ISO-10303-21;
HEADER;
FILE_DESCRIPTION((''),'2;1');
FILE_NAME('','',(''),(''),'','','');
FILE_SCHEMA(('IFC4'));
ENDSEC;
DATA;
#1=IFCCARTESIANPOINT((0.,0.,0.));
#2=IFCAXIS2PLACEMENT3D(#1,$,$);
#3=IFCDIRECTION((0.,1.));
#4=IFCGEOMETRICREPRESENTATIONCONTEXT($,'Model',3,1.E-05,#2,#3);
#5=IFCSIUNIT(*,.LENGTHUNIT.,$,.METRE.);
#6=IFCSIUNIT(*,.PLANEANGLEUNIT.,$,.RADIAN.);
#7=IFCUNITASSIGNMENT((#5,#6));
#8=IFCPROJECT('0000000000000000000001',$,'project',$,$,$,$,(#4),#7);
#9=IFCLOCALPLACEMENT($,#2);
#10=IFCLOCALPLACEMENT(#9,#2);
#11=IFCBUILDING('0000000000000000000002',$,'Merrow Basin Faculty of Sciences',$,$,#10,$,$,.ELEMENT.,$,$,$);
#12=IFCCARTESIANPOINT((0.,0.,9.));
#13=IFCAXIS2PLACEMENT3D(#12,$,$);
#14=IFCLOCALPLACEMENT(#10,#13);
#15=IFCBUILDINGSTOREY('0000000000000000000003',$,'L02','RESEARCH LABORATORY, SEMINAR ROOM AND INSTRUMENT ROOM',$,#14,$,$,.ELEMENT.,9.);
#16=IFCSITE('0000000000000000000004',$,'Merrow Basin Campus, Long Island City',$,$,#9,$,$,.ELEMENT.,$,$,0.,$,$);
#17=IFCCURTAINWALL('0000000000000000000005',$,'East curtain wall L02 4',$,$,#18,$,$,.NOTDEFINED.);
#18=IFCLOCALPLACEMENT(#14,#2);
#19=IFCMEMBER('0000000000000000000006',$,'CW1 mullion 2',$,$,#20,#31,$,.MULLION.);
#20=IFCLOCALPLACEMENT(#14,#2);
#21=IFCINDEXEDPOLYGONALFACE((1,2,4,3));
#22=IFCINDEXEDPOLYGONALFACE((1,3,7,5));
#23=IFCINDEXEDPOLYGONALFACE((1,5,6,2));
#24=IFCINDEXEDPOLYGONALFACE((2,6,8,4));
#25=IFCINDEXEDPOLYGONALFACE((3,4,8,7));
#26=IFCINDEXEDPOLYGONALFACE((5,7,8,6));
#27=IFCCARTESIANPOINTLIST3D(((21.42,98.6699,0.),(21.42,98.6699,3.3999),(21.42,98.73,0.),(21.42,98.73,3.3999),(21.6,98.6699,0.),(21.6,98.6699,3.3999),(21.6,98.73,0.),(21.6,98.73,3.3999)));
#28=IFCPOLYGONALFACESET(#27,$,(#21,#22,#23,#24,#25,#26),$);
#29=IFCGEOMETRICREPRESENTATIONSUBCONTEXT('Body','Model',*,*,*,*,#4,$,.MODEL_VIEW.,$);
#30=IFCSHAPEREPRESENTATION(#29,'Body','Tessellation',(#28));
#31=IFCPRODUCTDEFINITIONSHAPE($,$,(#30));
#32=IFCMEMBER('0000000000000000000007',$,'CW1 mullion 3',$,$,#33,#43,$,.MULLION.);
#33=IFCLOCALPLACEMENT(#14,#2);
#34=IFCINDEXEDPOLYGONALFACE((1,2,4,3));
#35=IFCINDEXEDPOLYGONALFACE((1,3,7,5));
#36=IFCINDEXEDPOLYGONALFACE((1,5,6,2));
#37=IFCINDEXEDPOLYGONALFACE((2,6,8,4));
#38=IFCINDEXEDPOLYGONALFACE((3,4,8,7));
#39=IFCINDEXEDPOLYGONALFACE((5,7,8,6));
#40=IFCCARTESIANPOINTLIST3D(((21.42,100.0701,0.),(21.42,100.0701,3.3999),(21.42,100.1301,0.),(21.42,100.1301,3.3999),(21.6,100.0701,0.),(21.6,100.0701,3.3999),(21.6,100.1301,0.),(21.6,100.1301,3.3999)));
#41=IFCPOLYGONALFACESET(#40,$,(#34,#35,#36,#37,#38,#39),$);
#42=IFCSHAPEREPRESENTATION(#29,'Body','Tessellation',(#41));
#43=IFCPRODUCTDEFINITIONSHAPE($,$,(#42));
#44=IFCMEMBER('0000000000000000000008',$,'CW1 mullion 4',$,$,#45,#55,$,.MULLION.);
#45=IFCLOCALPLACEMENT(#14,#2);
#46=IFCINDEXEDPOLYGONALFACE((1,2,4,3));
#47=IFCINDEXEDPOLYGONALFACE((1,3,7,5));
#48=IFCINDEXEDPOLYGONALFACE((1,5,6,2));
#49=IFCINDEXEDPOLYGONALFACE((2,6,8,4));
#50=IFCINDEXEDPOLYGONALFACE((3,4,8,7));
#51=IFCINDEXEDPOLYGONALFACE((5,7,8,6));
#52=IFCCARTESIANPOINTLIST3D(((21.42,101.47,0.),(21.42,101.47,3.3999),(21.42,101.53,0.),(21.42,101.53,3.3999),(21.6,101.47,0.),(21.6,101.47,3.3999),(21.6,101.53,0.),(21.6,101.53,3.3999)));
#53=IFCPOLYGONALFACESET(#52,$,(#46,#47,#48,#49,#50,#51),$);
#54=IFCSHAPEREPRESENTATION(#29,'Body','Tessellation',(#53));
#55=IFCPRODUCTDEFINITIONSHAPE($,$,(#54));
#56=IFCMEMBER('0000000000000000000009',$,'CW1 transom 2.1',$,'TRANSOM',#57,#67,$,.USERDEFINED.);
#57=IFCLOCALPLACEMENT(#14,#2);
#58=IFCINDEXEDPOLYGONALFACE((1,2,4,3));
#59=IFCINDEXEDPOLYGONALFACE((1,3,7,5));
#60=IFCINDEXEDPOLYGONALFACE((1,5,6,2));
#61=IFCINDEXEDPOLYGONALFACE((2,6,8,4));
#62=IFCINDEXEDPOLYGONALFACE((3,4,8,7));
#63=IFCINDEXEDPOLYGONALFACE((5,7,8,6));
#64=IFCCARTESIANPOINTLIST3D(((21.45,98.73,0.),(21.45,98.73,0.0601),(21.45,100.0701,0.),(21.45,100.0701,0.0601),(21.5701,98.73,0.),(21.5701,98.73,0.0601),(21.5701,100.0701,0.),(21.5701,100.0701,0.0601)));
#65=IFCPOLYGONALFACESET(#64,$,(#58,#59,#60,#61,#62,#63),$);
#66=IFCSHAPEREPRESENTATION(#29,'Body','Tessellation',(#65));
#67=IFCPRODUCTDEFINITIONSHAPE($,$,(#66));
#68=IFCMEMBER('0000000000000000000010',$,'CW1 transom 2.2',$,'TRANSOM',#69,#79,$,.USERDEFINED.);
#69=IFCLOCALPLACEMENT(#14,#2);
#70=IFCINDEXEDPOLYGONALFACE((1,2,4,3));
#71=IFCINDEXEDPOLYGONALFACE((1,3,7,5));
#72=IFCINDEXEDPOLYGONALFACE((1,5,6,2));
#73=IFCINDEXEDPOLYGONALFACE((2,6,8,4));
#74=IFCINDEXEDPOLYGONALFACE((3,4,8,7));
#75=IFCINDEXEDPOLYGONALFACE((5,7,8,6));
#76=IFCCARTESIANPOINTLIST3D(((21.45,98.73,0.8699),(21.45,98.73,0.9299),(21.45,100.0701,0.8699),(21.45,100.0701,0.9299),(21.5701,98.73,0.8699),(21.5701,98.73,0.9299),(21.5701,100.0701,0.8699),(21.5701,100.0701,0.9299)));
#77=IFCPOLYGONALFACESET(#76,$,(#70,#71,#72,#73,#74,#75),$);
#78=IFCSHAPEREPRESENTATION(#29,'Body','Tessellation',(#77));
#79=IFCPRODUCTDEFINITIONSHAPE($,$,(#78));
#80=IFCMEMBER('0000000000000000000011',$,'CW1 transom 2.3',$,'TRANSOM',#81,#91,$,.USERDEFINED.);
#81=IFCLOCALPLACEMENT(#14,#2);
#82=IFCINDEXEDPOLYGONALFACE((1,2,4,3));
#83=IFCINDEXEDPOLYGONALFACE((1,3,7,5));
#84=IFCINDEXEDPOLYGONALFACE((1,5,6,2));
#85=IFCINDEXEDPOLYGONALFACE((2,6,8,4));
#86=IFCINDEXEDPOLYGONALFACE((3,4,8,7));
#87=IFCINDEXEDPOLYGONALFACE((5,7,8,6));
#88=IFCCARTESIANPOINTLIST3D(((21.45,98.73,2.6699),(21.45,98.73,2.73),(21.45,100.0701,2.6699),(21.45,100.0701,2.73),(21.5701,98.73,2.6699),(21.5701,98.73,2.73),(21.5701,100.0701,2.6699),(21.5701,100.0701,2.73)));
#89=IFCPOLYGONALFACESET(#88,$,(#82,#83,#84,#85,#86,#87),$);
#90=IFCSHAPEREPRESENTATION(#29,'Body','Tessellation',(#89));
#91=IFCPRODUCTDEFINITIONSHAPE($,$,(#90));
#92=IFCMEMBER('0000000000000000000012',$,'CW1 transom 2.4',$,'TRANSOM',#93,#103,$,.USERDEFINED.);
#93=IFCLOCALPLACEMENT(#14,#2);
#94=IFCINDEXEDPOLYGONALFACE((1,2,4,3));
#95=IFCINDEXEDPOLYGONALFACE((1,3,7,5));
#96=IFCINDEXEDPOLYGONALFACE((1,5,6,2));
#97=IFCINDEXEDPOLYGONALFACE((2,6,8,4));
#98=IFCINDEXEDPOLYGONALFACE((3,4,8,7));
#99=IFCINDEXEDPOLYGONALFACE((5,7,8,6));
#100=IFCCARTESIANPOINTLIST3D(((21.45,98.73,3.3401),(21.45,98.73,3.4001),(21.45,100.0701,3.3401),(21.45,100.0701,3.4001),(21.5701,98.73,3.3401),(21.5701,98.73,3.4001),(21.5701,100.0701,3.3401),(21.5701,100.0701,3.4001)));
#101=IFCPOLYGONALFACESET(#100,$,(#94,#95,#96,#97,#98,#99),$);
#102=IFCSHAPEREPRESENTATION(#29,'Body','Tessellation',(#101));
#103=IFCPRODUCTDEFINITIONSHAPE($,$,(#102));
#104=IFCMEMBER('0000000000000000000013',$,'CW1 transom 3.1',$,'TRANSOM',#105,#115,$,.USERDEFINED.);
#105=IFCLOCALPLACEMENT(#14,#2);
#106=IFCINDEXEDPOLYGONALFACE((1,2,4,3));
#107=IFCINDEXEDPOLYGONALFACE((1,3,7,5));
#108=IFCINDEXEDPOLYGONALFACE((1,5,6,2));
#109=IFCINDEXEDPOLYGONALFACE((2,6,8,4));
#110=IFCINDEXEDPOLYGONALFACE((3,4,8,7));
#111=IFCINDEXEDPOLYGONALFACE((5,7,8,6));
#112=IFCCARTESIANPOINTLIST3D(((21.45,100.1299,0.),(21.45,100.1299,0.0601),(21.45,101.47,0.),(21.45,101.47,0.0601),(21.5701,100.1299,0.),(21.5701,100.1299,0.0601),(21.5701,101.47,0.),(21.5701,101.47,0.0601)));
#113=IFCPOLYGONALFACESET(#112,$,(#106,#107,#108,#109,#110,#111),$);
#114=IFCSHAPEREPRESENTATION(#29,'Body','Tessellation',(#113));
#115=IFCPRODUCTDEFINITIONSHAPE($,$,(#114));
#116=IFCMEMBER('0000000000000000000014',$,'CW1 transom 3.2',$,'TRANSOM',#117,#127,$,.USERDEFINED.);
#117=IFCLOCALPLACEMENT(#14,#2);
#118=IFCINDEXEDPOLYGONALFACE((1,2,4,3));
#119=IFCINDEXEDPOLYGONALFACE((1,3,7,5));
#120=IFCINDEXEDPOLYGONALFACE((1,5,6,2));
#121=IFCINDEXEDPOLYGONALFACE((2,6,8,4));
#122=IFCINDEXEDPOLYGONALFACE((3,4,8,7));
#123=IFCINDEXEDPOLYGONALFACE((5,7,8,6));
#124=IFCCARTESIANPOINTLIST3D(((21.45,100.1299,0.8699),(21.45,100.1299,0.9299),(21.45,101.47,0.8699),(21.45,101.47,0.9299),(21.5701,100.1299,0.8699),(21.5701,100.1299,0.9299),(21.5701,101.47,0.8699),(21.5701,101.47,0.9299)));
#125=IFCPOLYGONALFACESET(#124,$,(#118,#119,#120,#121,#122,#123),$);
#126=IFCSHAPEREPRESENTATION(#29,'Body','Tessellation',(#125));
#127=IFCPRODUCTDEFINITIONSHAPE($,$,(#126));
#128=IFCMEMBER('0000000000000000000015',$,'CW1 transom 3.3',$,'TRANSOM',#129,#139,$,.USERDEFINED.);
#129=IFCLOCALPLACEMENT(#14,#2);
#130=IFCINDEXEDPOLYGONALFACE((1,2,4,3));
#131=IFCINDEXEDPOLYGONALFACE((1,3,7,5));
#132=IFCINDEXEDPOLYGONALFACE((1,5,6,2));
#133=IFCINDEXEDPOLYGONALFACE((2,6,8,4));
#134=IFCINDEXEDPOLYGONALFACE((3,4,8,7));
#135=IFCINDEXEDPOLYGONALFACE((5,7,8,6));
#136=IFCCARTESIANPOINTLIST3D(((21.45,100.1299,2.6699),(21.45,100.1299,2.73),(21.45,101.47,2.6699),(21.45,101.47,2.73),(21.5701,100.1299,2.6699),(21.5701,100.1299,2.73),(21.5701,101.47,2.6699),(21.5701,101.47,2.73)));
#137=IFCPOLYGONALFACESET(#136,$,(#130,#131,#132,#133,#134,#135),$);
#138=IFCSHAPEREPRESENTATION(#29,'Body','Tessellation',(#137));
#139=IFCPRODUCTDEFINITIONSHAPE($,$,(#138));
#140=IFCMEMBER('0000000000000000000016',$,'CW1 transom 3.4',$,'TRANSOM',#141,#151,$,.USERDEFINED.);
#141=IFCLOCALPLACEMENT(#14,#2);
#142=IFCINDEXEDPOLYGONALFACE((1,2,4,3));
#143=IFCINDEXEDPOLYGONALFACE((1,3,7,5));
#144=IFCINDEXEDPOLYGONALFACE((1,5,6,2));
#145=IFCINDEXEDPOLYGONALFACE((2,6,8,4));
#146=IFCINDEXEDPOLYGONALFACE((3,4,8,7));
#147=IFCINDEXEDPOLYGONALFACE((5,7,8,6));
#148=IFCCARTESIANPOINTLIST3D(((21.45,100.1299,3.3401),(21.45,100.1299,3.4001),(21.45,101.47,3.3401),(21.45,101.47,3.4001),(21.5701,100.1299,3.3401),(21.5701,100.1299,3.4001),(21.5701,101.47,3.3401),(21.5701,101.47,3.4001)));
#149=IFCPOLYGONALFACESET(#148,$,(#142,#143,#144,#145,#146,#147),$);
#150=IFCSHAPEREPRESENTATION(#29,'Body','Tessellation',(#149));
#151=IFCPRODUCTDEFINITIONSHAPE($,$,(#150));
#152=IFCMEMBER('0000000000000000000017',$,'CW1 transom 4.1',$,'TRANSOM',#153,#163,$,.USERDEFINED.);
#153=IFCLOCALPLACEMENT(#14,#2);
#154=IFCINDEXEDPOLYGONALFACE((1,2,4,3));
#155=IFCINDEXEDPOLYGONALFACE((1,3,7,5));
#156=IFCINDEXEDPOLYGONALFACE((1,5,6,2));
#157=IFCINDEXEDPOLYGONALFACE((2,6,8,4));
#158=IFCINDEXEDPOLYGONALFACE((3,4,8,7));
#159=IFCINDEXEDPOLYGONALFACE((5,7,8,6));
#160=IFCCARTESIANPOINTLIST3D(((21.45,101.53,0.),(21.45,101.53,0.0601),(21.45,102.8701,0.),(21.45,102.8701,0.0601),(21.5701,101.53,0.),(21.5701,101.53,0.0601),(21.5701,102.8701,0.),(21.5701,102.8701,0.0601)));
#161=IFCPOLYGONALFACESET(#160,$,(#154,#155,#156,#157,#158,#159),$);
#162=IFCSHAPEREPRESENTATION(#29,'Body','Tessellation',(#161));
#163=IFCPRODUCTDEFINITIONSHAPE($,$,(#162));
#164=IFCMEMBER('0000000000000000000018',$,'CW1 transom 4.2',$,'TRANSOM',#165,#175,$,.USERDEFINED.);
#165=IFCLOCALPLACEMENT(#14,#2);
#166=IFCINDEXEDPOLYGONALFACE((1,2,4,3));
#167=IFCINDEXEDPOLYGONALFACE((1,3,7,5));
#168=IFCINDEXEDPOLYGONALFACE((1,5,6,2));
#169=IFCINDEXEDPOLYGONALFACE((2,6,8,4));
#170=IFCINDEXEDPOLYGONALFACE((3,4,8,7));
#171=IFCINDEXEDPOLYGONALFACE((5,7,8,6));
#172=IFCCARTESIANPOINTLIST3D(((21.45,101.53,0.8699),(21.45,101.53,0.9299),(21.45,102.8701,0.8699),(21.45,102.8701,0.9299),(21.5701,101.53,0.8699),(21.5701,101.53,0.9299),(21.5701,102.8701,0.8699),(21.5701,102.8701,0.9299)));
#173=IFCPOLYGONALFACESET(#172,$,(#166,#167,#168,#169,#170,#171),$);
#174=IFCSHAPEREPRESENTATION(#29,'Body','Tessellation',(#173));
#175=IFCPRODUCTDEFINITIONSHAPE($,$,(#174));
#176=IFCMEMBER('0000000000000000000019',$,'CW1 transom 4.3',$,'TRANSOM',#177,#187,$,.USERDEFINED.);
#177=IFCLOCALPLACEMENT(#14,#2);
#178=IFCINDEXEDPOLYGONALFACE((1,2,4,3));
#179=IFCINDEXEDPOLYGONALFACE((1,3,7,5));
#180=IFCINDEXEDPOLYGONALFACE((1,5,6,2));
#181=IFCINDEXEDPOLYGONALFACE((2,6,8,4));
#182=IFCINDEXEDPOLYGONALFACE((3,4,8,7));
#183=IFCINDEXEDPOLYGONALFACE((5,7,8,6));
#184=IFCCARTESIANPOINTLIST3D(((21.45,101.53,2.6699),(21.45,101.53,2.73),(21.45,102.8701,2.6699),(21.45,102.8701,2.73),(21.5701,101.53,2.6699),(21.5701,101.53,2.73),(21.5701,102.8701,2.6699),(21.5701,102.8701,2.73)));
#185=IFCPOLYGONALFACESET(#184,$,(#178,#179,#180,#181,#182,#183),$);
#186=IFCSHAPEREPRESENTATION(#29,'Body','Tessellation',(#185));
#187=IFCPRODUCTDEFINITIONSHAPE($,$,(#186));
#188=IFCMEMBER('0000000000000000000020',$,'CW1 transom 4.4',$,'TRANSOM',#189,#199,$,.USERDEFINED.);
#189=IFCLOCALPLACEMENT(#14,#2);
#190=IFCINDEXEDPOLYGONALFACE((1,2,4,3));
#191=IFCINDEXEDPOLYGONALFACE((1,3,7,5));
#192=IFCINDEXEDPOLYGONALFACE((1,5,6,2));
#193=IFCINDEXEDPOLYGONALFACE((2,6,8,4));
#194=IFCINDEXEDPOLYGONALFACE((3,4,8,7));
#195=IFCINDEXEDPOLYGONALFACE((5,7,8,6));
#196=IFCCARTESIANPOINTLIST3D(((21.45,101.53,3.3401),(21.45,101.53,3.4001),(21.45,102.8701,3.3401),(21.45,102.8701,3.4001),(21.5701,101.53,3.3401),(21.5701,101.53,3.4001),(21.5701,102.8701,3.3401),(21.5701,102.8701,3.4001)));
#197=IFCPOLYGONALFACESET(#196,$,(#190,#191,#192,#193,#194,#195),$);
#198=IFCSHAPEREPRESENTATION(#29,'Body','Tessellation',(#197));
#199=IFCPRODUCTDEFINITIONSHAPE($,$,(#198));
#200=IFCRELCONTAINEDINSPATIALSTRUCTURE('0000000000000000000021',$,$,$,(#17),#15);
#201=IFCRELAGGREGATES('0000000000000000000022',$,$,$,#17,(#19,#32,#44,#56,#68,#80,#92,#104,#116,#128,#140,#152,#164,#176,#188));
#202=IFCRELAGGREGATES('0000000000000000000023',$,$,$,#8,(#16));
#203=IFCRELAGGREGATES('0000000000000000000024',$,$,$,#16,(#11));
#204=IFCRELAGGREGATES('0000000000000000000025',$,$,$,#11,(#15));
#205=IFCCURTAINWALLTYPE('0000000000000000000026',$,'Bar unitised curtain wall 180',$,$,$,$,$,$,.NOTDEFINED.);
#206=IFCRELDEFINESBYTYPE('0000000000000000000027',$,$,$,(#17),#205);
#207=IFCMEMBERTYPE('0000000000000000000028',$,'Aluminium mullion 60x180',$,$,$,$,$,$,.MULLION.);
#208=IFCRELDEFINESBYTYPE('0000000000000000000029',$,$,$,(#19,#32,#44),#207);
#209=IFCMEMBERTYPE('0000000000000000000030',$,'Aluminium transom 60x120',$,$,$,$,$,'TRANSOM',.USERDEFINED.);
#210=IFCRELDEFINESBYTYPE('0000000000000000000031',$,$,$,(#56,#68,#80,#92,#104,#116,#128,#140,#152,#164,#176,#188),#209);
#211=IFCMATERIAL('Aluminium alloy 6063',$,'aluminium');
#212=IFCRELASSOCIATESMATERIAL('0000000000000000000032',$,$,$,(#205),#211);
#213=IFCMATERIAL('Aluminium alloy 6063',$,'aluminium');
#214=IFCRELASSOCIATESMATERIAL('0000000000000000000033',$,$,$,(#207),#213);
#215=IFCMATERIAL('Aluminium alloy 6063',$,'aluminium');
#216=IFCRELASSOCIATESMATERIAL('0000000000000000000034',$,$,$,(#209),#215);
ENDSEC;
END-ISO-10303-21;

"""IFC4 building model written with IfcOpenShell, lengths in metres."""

from ifc_helpers import new_model, si_unit, direction, frame, origin, origin_2d, place, context, subcontext, project, spatial, rectangle, extrude, material, material_profile, profile_set, type_object, element, aggregate, save


model = new_model("IFC4")

# Units and contexts
model_context = context("Model", 3, precision=1e-05, world=origin(), true_north=direction((0.0, 1.0)))
body_context = subcontext(model_context, "Body", "Model", "MODEL_VIEW")
ifc_project = project(units=[si_unit("LENGTHUNIT", "METRE"), si_unit("PLANEANGLEUNIT", "RADIAN")], contexts=[model_context])

# Site, building, storey
site_placement = place(None, origin())
site = spatial("IfcSite", under=ifc_project, at=site_placement, Name="Merrow Basin Campus, Long Island City", CompositionType="ELEMENT", RefElevation=0.0)
building_placement = place(site_placement, origin())
building = spatial("IfcBuilding", under=site, at=building_placement, Name="Merrow Basin Faculty of Sciences", CompositionType="ELEMENT")
storey_placement = place(building_placement, frame((0.0, 0.0, 9.0)))
storey = spatial("IfcBuildingStorey", under=building, at=storey_placement, Name="L02", Description="RESEARCH LABORATORY, SEMINAR ROOM AND INSTRUMENT ROOM", CompositionType="ELEMENT", Elevation=9.0)

# Curtain wall, members
ifc_material_1 = material(Name="Aluminium alloy 6063", Category="aluminium")
curtain_wall_type = type_object("IfcCurtainWallType", Name="Bar unitised curtain wall 180", PredefinedType="NOTDEFINED", material=ifc_material_1)
curtain_wall_placement = place(storey_placement, origin())
curtain_wall = element("IfcCurtainWall", 1, at=curtain_wall_placement, inside=storey, type_object=curtain_wall_type, Name="East curtain wall L02 4", PredefinedType="NOTDEFINED")
ifc_material_2 = material(Name="Aluminium alloy 6063", Category="aluminium")
ifc_material_profile_1 = material_profile(ifc_material_2, rectangle(XDim=0.1799, YDim=0.0601, at=origin_2d()))
ifc_profile_set_1 = profile_set([ifc_material_profile_1], Name="Aluminium alloy 6063")
member_type_1 = type_object("IfcMemberType", Name="Aluminium mullion 60x180", PredefinedType="MULLION", material=ifc_profile_set_1)
member_1_placement = place(storey_placement, frame((21.51, 98.7, 0.0), z_axis=(0.0, 0.0, 1.0), x_axis=(-1.0, 0.0, 0.0)))
member_1 = element("IfcMember", 2, at=member_1_placement, type_object=member_type_1, Name="CW1 mullion 2", PredefinedType="MULLION", context=body_context, shape_type="SweptSolid", body=[
    extrude(rectangle(XDim=0.1799, YDim=0.0601, at=origin_2d()), origin(), (0.0, 0.0, 1.0), 3.3999),
])
member_2_placement = place(storey_placement, frame((21.51, 100.1001, 0.0), z_axis=(0.0, 0.0, 1.0), x_axis=(-1.0, 0.0, 0.0)))
member_2 = element("IfcMember", 3, at=member_2_placement, type_object=member_type_1, Name="CW1 mullion 3", PredefinedType="MULLION", context=body_context, shape_type="SweptSolid", body=[
    extrude(rectangle(XDim=0.1799, YDim=0.0601, at=origin_2d()), origin(), (0.0, 0.0, 1.0), 3.3999),
])
member_3_placement = place(storey_placement, frame((21.51, 101.5, 0.0), z_axis=(0.0, 0.0, 1.0), x_axis=(-1.0, 0.0, 0.0)))
member_3 = element("IfcMember", 4, at=member_3_placement, type_object=member_type_1, Name="CW1 mullion 4", PredefinedType="MULLION", context=body_context, shape_type="SweptSolid", body=[
    extrude(rectangle(XDim=0.1799, YDim=0.0601, at=origin_2d()), origin(), (0.0, 0.0, 1.0), 3.3999),
])
ifc_material_3 = material(Name="Aluminium alloy 6063", Category="aluminium")
ifc_material_profile_2 = material_profile(ifc_material_3, rectangle(XDim=0.1201, YDim=0.0601, at=origin_2d()))
ifc_profile_set_2 = profile_set([ifc_material_profile_2], Name="Aluminium alloy 6063")
member_type_2 = type_object("IfcMemberType", Name="Aluminium transom 60x120", ElementType="TRANSOM", PredefinedType="USERDEFINED", material=ifc_profile_set_2)
member_4_placement = place(storey_placement, frame((21.51, 98.73, 0.03), z_axis=(0.0, 1.0, 0.0), x_axis=(-1.0, 0.0, 0.0)))
member_4 = element("IfcMember", 5, at=member_4_placement, type_object=member_type_2, Name="CW1 transom 2.1", ObjectType="TRANSOM", PredefinedType="USERDEFINED", context=body_context, shape_type="SweptSolid", body=[
    extrude(rectangle(XDim=0.1201, YDim=0.0601, at=origin_2d()), origin(), (0.0, 0.0, 1.0), 1.3401),
])
member_5_placement = place(storey_placement, frame((21.51, 98.73, 0.8999), z_axis=(0.0, 1.0, 0.0), x_axis=(-1.0, 0.0, 0.0)))
member_5 = element("IfcMember", 6, at=member_5_placement, type_object=member_type_2, Name="CW1 transom 2.2", ObjectType="TRANSOM", PredefinedType="USERDEFINED", context=body_context, shape_type="SweptSolid", body=[
    extrude(rectangle(XDim=0.1201, YDim=0.0601, at=origin_2d()), origin(), (0.0, 0.0, 1.0), 1.3401),
])
member_6_placement = place(storey_placement, frame((21.51, 98.73, 2.7), z_axis=(0.0, 1.0, 0.0), x_axis=(-1.0, 0.0, 0.0)))
member_6 = element("IfcMember", 7, at=member_6_placement, type_object=member_type_2, Name="CW1 transom 2.3", ObjectType="TRANSOM", PredefinedType="USERDEFINED", context=body_context, shape_type="SweptSolid", body=[
    extrude(rectangle(XDim=0.1201, YDim=0.0601, at=origin_2d()), origin(), (0.0, 0.0, 1.0), 1.3401),
])
member_7_placement = place(storey_placement, frame((21.51, 98.73, 3.3701), z_axis=(0.0, 1.0, 0.0), x_axis=(-1.0, 0.0, 0.0)))
member_7 = element("IfcMember", 8, at=member_7_placement, type_object=member_type_2, Name="CW1 transom 2.4", ObjectType="TRANSOM", PredefinedType="USERDEFINED", context=body_context, shape_type="SweptSolid", body=[
    extrude(rectangle(XDim=0.1201, YDim=0.0601, at=origin_2d()), origin(), (0.0, 0.0, 1.0), 1.3401),
])
member_8_placement = place(storey_placement, frame((21.51, 100.1299, 0.03), z_axis=(0.0, 1.0, 0.0), x_axis=(-1.0, 0.0, 0.0)))
member_8 = element("IfcMember", 9, at=member_8_placement, type_object=member_type_2, Name="CW1 transom 3.1", ObjectType="TRANSOM", PredefinedType="USERDEFINED", context=body_context, shape_type="SweptSolid", body=[
    extrude(rectangle(XDim=0.1201, YDim=0.0601, at=origin_2d()), origin(), (0.0, 0.0, 1.0), 1.3401),
])
member_9_placement = place(storey_placement, frame((21.51, 100.1299, 0.8999), z_axis=(0.0, 1.0, 0.0), x_axis=(-1.0, 0.0, 0.0)))
member_9 = element("IfcMember", 10, at=member_9_placement, type_object=member_type_2, Name="CW1 transom 3.2", ObjectType="TRANSOM", PredefinedType="USERDEFINED", context=body_context, shape_type="SweptSolid", body=[
    extrude(rectangle(XDim=0.1201, YDim=0.0601, at=origin_2d()), origin(), (0.0, 0.0, 1.0), 1.3401),
])
member_10_placement = place(storey_placement, frame((21.51, 100.1299, 2.7), z_axis=(0.0, 1.0, 0.0), x_axis=(-1.0, 0.0, 0.0)))
member_10 = element("IfcMember", 11, at=member_10_placement, type_object=member_type_2, Name="CW1 transom 3.3", ObjectType="TRANSOM", PredefinedType="USERDEFINED", context=body_context, shape_type="SweptSolid", body=[
    extrude(rectangle(XDim=0.1201, YDim=0.0601, at=origin_2d()), origin(), (0.0, 0.0, 1.0), 1.3401),
])
member_11_placement = place(storey_placement, frame((21.51, 100.1299, 3.3701), z_axis=(0.0, 1.0, 0.0), x_axis=(-1.0, 0.0, 0.0)))
member_11 = element("IfcMember", 12, at=member_11_placement, type_object=member_type_2, Name="CW1 transom 3.4", ObjectType="TRANSOM", PredefinedType="USERDEFINED", context=body_context, shape_type="SweptSolid", body=[
    extrude(rectangle(XDim=0.1201, YDim=0.0601, at=origin_2d()), origin(), (0.0, 0.0, 1.0), 1.3401),
])
member_12_placement = place(storey_placement, frame((21.51, 101.53, 0.03), z_axis=(0.0, 1.0, 0.0), x_axis=(-1.0, 0.0, 0.0)))
member_12 = element("IfcMember", 13, at=member_12_placement, type_object=member_type_2, Name="CW1 transom 4.1", ObjectType="TRANSOM", PredefinedType="USERDEFINED", context=body_context, shape_type="SweptSolid", body=[
    extrude(rectangle(XDim=0.1201, YDim=0.0601, at=origin_2d()), origin(), (0.0, 0.0, 1.0), 1.3401),
])
member_13_placement = place(storey_placement, frame((21.51, 101.53, 0.8999), z_axis=(0.0, 1.0, 0.0), x_axis=(-1.0, 0.0, 0.0)))
member_13 = element("IfcMember", 14, at=member_13_placement, type_object=member_type_2, Name="CW1 transom 4.2", ObjectType="TRANSOM", PredefinedType="USERDEFINED", context=body_context, shape_type="SweptSolid", body=[
    extrude(rectangle(XDim=0.1201, YDim=0.0601, at=origin_2d()), origin(), (0.0, 0.0, 1.0), 1.3401),
])
member_14_placement = place(storey_placement, frame((21.51, 101.53, 2.7), z_axis=(0.0, 1.0, 0.0), x_axis=(-1.0, 0.0, 0.0)))
member_14 = element("IfcMember", 15, at=member_14_placement, type_object=member_type_2, Name="CW1 transom 4.3", ObjectType="TRANSOM", PredefinedType="USERDEFINED", context=body_context, shape_type="SweptSolid", body=[
    extrude(rectangle(XDim=0.1201, YDim=0.0601, at=origin_2d()), origin(), (0.0, 0.0, 1.0), 1.3401),
])
member_15_placement = place(storey_placement, frame((21.51, 101.53, 3.3701), z_axis=(0.0, 1.0, 0.0), x_axis=(-1.0, 0.0, 0.0)))
member_15 = element("IfcMember", 16, at=member_15_placement, type_object=member_type_2, Name="CW1 transom 4.4", ObjectType="TRANSOM", PredefinedType="USERDEFINED", context=body_context, shape_type="SweptSolid", body=[
    extrude(rectangle(XDim=0.1201, YDim=0.0601, at=origin_2d()), origin(), (0.0, 0.0, 1.0), 1.3401),
])
aggregate(curtain_wall, [member_1, member_2, member_3, member_4, member_5, member_6, member_7, member_8, member_9, member_10, member_11, member_12, member_13, member_14, member_15])

save(model, "model.ifc")
